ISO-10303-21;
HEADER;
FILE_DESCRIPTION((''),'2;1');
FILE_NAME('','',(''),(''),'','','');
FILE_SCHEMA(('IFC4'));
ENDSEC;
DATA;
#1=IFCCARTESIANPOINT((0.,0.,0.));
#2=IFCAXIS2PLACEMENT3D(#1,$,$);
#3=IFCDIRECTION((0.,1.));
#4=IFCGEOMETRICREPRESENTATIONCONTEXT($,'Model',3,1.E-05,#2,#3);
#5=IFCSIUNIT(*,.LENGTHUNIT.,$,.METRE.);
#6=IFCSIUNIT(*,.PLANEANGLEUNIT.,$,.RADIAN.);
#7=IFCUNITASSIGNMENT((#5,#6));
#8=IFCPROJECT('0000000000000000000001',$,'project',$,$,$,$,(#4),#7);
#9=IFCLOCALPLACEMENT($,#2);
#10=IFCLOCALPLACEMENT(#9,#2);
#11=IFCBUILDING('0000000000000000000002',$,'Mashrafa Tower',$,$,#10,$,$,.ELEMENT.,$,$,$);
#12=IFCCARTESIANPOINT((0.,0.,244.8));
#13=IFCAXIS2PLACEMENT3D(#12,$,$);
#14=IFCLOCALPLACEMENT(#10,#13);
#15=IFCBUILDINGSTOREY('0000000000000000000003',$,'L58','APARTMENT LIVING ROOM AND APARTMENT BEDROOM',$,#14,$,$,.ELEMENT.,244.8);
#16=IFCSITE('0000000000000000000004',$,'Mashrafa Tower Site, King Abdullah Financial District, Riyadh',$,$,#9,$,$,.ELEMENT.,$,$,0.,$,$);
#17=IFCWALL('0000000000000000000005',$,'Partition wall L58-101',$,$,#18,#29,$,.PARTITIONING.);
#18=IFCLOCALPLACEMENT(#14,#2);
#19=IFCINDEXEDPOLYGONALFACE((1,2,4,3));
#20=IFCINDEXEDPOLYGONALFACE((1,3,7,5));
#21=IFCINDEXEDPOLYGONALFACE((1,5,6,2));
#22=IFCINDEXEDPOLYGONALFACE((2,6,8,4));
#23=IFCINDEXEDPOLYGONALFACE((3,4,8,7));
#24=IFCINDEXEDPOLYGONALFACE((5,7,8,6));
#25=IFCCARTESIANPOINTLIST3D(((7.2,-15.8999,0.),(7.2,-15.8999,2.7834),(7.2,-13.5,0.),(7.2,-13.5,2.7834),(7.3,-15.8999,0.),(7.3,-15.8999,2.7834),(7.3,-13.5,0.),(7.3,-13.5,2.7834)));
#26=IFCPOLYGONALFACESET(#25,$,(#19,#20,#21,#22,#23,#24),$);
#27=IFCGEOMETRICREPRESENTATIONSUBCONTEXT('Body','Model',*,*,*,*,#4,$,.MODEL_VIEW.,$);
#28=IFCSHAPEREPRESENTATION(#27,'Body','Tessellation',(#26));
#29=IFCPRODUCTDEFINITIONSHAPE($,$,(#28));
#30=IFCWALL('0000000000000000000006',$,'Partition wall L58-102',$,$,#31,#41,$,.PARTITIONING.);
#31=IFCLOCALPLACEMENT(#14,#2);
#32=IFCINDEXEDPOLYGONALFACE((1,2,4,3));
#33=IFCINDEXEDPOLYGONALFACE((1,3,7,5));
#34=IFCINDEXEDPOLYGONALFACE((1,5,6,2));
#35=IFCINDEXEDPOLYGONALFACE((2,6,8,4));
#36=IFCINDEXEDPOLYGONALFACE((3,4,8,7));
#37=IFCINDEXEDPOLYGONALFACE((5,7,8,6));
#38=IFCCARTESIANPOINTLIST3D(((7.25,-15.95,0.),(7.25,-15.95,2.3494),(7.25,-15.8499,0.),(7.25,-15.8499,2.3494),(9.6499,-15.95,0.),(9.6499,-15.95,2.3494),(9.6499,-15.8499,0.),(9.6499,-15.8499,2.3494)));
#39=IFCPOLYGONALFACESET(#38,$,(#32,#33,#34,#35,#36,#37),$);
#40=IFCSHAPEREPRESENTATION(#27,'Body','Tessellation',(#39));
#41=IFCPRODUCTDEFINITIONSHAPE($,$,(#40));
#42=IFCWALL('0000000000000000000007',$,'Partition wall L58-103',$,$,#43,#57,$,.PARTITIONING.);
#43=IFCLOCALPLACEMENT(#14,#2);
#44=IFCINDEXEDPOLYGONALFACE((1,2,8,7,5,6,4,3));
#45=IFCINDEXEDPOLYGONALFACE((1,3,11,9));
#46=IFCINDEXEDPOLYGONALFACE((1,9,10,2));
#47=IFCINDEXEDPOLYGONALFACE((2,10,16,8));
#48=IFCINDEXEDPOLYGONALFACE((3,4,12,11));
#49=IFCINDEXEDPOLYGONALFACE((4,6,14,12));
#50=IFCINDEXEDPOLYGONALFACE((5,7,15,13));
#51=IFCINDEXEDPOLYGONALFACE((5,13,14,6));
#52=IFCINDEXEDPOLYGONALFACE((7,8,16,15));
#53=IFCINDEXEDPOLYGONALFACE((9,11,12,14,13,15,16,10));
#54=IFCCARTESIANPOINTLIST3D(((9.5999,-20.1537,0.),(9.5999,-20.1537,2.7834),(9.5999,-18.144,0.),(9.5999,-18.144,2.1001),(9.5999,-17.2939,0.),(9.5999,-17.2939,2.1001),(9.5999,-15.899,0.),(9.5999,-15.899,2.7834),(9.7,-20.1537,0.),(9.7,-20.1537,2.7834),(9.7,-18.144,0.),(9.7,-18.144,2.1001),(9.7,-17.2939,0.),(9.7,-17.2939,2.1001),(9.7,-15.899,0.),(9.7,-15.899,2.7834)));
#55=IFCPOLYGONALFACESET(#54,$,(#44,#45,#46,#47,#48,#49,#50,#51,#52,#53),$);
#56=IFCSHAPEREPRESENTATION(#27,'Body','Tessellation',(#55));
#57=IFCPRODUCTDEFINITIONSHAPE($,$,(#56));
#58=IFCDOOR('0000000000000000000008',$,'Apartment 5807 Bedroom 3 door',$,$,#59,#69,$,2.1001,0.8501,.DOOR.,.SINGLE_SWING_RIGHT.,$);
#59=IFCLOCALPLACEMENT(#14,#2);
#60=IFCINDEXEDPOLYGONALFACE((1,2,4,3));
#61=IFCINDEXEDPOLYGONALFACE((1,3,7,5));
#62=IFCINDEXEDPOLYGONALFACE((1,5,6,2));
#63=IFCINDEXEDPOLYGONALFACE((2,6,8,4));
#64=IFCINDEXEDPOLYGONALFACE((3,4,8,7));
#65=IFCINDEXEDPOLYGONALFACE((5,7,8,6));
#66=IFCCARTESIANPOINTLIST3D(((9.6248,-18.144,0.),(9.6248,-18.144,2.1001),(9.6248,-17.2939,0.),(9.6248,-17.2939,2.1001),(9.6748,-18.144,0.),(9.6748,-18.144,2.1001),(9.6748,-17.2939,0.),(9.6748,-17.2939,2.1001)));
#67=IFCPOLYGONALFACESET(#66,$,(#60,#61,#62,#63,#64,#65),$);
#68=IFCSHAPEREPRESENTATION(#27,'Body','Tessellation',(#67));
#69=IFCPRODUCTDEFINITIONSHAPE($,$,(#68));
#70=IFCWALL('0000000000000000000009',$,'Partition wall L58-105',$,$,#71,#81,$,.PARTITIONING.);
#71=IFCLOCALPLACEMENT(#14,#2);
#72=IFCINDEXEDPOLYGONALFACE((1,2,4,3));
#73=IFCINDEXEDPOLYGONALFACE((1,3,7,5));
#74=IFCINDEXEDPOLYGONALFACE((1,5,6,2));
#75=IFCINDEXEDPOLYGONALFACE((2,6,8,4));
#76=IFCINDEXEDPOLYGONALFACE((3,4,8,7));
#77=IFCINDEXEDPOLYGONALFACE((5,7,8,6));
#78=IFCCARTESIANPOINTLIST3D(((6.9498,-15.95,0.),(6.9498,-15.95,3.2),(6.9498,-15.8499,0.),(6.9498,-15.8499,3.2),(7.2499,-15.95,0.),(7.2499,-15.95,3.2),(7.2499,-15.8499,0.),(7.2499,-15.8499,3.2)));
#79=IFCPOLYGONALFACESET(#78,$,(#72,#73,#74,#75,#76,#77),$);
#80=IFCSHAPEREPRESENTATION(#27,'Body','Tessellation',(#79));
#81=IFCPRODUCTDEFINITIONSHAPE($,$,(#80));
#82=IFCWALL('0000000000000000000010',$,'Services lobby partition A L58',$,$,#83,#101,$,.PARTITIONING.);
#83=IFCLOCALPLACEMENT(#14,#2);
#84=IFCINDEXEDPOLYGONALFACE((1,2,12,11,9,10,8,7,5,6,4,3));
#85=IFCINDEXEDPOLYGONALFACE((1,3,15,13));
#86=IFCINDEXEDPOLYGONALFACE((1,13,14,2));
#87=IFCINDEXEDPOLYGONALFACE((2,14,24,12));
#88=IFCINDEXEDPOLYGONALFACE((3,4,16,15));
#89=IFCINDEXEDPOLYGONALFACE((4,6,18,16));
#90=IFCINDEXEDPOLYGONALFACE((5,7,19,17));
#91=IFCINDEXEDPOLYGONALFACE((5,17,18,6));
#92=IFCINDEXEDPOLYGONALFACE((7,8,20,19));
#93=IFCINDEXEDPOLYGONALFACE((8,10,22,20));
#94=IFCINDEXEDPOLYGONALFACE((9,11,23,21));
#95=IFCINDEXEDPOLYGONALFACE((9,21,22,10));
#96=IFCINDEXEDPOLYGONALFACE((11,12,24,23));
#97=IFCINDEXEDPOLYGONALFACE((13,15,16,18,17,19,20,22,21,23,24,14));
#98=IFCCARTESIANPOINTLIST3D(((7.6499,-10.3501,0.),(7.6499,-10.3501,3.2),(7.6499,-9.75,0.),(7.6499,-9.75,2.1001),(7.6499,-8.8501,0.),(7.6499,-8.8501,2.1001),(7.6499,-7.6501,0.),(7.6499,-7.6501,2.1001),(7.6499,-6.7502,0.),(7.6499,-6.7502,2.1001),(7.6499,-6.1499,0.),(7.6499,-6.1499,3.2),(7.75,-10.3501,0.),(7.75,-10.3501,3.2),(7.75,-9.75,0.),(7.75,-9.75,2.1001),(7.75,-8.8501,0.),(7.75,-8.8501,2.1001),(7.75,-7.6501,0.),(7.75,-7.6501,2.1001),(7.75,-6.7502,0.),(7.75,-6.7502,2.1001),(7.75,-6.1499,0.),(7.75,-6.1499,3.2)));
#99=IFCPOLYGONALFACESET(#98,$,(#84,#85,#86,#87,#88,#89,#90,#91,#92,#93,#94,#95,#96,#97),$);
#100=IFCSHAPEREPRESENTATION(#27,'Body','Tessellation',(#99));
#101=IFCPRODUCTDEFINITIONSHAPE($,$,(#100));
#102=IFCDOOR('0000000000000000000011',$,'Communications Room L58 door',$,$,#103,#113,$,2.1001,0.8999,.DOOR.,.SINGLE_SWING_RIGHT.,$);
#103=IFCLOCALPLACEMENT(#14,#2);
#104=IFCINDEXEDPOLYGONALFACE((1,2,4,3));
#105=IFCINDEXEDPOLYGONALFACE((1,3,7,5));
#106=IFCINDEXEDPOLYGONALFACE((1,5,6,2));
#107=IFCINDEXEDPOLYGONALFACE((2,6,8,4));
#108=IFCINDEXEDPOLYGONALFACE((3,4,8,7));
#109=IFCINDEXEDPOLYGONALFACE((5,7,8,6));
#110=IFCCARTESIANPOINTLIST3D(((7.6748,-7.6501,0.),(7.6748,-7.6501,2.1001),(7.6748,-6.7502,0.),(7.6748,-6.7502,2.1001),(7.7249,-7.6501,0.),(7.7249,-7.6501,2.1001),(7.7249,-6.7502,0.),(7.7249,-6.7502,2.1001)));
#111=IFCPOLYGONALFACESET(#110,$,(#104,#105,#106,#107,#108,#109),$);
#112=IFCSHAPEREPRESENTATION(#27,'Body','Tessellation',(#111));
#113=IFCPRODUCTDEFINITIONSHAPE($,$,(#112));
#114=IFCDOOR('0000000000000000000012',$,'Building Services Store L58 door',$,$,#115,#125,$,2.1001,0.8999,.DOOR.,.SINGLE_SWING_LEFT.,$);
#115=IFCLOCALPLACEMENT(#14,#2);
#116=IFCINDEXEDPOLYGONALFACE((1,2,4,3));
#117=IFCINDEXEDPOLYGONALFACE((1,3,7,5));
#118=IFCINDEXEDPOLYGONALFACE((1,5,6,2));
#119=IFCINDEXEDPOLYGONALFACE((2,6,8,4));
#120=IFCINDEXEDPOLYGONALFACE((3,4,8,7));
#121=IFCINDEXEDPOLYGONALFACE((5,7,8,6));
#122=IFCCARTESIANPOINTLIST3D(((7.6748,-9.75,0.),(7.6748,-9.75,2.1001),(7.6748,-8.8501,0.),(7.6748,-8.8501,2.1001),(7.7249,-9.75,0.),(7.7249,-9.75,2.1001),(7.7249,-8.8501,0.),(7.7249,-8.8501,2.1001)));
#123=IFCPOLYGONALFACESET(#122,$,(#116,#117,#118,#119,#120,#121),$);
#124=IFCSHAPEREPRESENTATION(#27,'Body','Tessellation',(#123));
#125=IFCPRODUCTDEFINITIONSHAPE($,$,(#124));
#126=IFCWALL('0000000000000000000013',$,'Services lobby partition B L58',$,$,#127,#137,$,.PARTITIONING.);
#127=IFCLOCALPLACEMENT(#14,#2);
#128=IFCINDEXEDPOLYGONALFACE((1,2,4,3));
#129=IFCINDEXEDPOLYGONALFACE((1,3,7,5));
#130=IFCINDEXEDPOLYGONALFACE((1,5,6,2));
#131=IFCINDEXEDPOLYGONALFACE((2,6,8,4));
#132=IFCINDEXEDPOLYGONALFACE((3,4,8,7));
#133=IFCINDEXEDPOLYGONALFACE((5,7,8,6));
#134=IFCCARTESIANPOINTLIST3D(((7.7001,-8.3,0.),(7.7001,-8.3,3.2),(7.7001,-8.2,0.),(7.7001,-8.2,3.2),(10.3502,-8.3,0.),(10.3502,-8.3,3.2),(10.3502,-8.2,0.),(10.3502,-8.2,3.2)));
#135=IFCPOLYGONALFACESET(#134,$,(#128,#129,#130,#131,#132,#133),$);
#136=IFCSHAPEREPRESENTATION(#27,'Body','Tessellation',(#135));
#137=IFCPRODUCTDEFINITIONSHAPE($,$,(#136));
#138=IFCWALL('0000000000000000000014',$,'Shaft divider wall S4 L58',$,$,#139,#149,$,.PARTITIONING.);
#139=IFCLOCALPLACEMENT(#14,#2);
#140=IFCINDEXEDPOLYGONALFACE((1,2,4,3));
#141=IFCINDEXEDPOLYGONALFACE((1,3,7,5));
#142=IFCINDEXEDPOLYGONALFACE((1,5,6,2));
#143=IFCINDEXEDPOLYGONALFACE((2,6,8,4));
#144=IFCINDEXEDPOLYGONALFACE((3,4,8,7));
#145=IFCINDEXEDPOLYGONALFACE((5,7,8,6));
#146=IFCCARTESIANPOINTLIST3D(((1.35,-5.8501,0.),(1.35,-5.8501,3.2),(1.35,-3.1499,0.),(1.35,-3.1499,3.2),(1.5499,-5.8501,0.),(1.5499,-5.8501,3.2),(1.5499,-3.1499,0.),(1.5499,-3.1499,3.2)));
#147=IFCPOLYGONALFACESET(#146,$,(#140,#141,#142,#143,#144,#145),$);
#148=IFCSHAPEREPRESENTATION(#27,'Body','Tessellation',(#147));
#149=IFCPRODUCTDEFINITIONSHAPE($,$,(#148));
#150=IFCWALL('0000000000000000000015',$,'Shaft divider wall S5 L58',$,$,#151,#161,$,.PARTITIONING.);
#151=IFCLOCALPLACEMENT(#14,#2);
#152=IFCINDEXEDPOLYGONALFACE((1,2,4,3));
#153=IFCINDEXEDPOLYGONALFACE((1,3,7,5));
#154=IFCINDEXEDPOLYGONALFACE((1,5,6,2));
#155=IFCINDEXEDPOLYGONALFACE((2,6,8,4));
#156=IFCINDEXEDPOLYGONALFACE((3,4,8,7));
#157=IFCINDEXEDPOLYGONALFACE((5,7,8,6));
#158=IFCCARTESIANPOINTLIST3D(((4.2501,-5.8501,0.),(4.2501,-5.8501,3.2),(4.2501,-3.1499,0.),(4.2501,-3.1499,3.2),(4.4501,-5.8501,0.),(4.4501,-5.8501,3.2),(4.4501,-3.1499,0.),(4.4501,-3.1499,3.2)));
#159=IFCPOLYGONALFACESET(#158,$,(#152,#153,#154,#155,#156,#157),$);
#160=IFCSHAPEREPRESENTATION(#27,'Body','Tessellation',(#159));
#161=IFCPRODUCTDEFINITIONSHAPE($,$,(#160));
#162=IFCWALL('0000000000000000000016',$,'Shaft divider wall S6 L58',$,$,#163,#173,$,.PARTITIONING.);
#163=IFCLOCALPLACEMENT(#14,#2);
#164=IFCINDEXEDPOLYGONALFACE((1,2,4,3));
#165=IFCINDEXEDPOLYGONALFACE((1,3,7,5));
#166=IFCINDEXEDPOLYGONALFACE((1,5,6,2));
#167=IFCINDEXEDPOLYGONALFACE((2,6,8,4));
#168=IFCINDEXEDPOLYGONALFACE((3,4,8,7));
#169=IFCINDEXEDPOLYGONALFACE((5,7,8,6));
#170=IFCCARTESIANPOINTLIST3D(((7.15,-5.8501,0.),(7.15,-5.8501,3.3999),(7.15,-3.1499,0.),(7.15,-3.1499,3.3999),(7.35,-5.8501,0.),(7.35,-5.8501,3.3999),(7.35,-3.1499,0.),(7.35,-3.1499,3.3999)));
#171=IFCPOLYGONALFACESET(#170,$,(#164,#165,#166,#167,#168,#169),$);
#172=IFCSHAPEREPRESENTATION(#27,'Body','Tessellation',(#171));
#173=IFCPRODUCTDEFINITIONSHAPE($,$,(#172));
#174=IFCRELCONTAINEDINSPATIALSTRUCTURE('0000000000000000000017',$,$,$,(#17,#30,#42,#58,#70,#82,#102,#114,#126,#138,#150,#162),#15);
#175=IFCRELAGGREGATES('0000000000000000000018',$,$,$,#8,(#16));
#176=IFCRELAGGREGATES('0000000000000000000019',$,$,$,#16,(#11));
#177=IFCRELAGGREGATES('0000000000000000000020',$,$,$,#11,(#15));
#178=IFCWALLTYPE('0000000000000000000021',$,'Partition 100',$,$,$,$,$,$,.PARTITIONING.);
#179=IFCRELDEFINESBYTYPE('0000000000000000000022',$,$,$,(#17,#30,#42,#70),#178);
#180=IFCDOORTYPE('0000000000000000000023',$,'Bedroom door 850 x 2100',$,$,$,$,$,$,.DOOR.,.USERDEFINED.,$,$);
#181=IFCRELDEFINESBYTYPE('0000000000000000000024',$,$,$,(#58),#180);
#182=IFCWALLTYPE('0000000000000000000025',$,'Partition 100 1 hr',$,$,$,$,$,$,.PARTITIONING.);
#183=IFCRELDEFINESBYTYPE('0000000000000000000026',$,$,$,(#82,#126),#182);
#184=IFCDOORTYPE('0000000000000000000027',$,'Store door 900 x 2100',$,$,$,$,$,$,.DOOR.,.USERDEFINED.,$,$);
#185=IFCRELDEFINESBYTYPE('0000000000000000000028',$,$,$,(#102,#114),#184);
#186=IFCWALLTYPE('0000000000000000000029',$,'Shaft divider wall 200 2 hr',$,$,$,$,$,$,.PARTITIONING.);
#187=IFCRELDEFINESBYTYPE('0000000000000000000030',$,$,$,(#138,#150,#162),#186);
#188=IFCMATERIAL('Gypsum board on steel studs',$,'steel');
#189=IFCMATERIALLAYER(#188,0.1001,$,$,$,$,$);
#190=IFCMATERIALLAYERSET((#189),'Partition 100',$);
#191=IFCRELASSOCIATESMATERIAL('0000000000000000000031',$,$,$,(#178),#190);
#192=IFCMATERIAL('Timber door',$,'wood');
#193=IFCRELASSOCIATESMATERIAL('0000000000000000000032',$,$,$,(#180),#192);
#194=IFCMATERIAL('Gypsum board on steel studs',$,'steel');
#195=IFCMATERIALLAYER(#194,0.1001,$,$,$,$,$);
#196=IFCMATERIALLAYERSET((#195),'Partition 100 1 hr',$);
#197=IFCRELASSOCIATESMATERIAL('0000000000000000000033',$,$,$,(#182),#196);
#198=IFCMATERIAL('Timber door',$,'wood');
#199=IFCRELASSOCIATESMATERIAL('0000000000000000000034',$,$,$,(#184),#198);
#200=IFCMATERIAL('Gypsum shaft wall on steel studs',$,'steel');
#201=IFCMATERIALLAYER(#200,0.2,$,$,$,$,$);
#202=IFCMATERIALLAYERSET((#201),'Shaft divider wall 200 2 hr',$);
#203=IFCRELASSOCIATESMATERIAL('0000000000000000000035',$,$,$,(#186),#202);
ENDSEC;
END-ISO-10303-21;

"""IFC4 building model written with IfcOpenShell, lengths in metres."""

from ifc_helpers import new_model, si_unit, direction, frame, frame_2d, origin, place, context, subcontext, project, spatial, rectangle, extrude, material, layer, layer_set, type_object, element, fill, save


model = new_model("IFC4")

# Units and contexts
model_context = context("Model", 3, precision=1e-05, world=origin(), true_north=direction((0.0, 1.0)))
body_context = subcontext(model_context, "Body", "Model", "MODEL_VIEW")
ifc_project = project(units=[si_unit("LENGTHUNIT", "METRE"), si_unit("PLANEANGLEUNIT", "RADIAN")], contexts=[model_context])

# Site, building, storey
site_placement = place(None, origin())
site = spatial("IfcSite", under=ifc_project, at=site_placement, Name="Mashrafa Tower Site, King Abdullah Financial District, Riyadh", CompositionType="ELEMENT", RefElevation=0.0)
building_placement = place(site_placement, origin())
building = spatial("IfcBuilding", under=site, at=building_placement, Name="Mashrafa Tower", CompositionType="ELEMENT")
storey_placement = place(building_placement, frame((0.0, 0.0, 244.8)))
storey = spatial("IfcBuildingStorey", under=building, at=storey_placement, Name="L58", Description="APARTMENT LIVING ROOM AND APARTMENT BEDROOM", CompositionType="ELEMENT", Elevation=244.8)

# Shared definitions
ifc_material_1 = material(Name="Gypsum board on steel studs", Category="steel")
ifc_layer_1 = layer(ifc_material_1, 0.1001)
ifc_layer_set_1 = layer_set([ifc_layer_1], Name="Partition 100")
wall_type_1 = type_object("IfcWallType", Name="Partition 100", PredefinedType="PARTITIONING", material=ifc_layer_set_1)

# Walls
wall_1_placement = place(storey_placement, frame((7.25, -13.5, 0.0), z_axis=(0.0, 0.0, 1.0), x_axis=(0.0, -1.0, 0.0)))
element("IfcWall", 1, at=wall_1_placement, inside=storey, type_object=wall_type_1, Name="Partition wall L58-101", PredefinedType="PARTITIONING", context=body_context, shape_type="SweptSolid", body=[
    extrude(rectangle(XDim=2.3999, YDim=0.1001, at=frame_2d((1.2, 0.0))), origin(), (0.0, 0.0, 1.0), 2.7834),
])
wall_2_placement = place(storey_placement, frame((7.25, -15.8999, 0.0), z_axis=(0.0, 0.0, 1.0), x_axis=(1.0, 0.0, 0.0)))
element("IfcWall", 2, at=wall_2_placement, inside=storey, type_object=wall_type_1, Name="Partition wall L58-102", PredefinedType="PARTITIONING", context=body_context, shape_type="SweptSolid", body=[
    extrude(rectangle(XDim=2.3999, YDim=0.1001, at=frame_2d((1.2, 0.0))), origin(), (0.0, 0.0, 1.0), 2.3494),
])

# Wall, opening, door
wall_3_placement = place(storey_placement, frame((9.6499, -15.8989, 0.0), z_axis=(0.0, 0.0, 1.0), x_axis=(0.0, -1.0, 0.0)))
wall_3 = element("IfcWall", 3, at=wall_3_placement, inside=storey, type_object=wall_type_1, Name="Partition wall L58-103", PredefinedType="PARTITIONING", context=body_context, shape_type="SweptSolid", body=[
    extrude(rectangle(XDim=4.2546, YDim=0.1001, at=frame_2d((2.1274, 0.0))), origin(), (0.0, 0.0, 1.0), 2.7834),
])
opening_1_placement = place(wall_3_placement, frame((1.395, 0.0, 0.0)))
opening_1 = element("IfcOpeningElement", 4, at=opening_1_placement, cuts=wall_3, PredefinedType="OPENING", context=body_context, shape_type="SweptSolid", body=[
    extrude(rectangle(XDim=0.8501, YDim=2.1001, at=frame_2d((0.425, 1.05))), frame((0.0, 0.0601, 0.0), z_axis=(0.0, -1.0, 0.0), x_axis=(1.0, 0.0, 0.0)), (0.0, 0.0, 1.0), 0.1201),
])
ifc_material_2 = material(Name="Timber door", Category="wood")
door_type_1 = type_object("IfcDoorType", Name="Bedroom door 850 x 2100", OperationType="USERDEFINED", PredefinedType="DOOR", material=ifc_material_2)
door_1_placement = place(opening_1_placement, origin())
door_1 = element("IfcDoor", 5, at=door_1_placement, inside=storey, type_object=door_type_1, Name="Apartment 5807 Bedroom 3 door", OperationType="SINGLE_SWING_RIGHT", OverallHeight=2.1001, OverallWidth=0.8501, PredefinedType="DOOR", context=body_context, shape_type="SweptSolid", body=[
    extrude(rectangle(XDim=0.8501, YDim=2.1001, at=frame_2d((0.425, 1.05))), frame((0.0, 0.0249, 0.0), z_axis=(0.0, -1.0, 0.0), x_axis=(1.0, 0.0, 0.0)), (0.0, 0.0, 1.0), 0.05),
])
fill(opening_1, door_1)

# Wall
wall_4_placement = place(storey_placement, frame((6.95, -15.8999, 0.0), z_axis=(0.0, 0.0, 1.0), x_axis=(1.0, 0.0, 0.0)))
element("IfcWall", 6, at=wall_4_placement, inside=storey, type_object=wall_type_1, Name="Partition wall L58-105", PredefinedType="PARTITIONING", context=body_context, shape_type="SweptSolid", body=[
    extrude(rectangle(XDim=0.3, YDim=0.1001, at=frame_2d((0.1499, 0.0))), origin(), (0.0, 0.0, 1.0), 3.2),
])

# Wall, openings, doors
ifc_material_3 = material(Name="Gypsum board on steel studs", Category="steel")
ifc_layer_2 = layer(ifc_material_3, 0.1001)
ifc_layer_set_2 = layer_set([ifc_layer_2], Name="Partition 100 1 hr")
wall_type_2 = type_object("IfcWallType", Name="Partition 100 1 hr", PredefinedType="PARTITIONING", material=ifc_layer_set_2)
wall_5_placement = place(storey_placement, frame((7.7, -10.3501, 0.0), z_axis=(0.0, 0.0, 1.0), x_axis=(0.0, 1.0, 0.0)))
wall_5 = element("IfcWall", 7, at=wall_5_placement, inside=storey, type_object=wall_type_2, Name="Services lobby partition A L58", PredefinedType="PARTITIONING", context=body_context, shape_type="SweptSolid", body=[
    extrude(rectangle(XDim=4.2002, YDim=0.1001, at=frame_2d((2.1001, 0.0))), origin(), (0.0, 0.0, 1.0), 3.2),
])
opening_2_placement = place(wall_5_placement, frame((2.7, 0.0, 0.0)))
opening_2 = element("IfcOpeningElement", 8, at=opening_2_placement, cuts=wall_5, PredefinedType="OPENING", context=body_context, shape_type="SweptSolid", body=[
    extrude(rectangle(XDim=0.8999, YDim=2.1001, at=frame_2d((0.45, 1.05))), frame((0.0, 0.0601, 0.0), z_axis=(0.0, -1.0, 0.0), x_axis=(1.0, 0.0, 0.0)), (0.0, 0.0, 1.0), 0.1201),
])
opening_3_placement = place(wall_5_placement, frame((0.6001, 0.0, 0.0)))
opening_3 = element("IfcOpeningElement", 9, at=opening_3_placement, cuts=wall_5, PredefinedType="OPENING", context=body_context, shape_type="SweptSolid", body=[
    extrude(rectangle(XDim=0.8999, YDim=2.1001, at=frame_2d((0.45, 1.05))), frame((0.0, 0.0601, 0.0), z_axis=(0.0, -1.0, 0.0), x_axis=(1.0, 0.0, 0.0)), (0.0, 0.0, 1.0), 0.1201),
])
ifc_material_4 = material(Name="Timber door", Category="wood")
door_type_2 = type_object("IfcDoorType", Name="Store door 900 x 2100", OperationType="USERDEFINED", PredefinedType="DOOR", material=ifc_material_4)
door_2_placement = place(opening_2_placement, frame((0.8999, 0.0, 0.0), z_axis=(0.0, 0.0, 1.0), x_axis=(-1.0, 0.0, 0.0)))
door_2 = element("IfcDoor", 10, at=door_2_placement, inside=storey, type_object=door_type_2, Name="Communications Room L58 door", OperationType="SINGLE_SWING_RIGHT", OverallHeight=2.1001, OverallWidth=0.8999, PredefinedType="DOOR", context=body_context, shape_type="SweptSolid", body=[
    extrude(rectangle(XDim=0.8999, YDim=2.1001, at=frame_2d((0.45, 1.05))), frame((0.0, 0.0249, 0.0), z_axis=(0.0, -1.0, 0.0), x_axis=(1.0, 0.0, 0.0)), (0.0, 0.0, 1.0), 0.05),
])
fill(opening_2, door_2)
door_3_placement = place(opening_3_placement, frame((0.8999, 0.0, 0.0), z_axis=(0.0, 0.0, 1.0), x_axis=(-1.0, 0.0, 0.0)))
door_3 = element("IfcDoor", 11, at=door_3_placement, inside=storey, type_object=door_type_2, Name="Building Services Store L58 door", OperationType="SINGLE_SWING_LEFT", OverallHeight=2.1001, OverallWidth=0.8999, PredefinedType="DOOR", context=body_context, shape_type="SweptSolid", body=[
    extrude(rectangle(XDim=0.8999, YDim=2.1001, at=frame_2d((0.45, 1.05))), frame((0.0, 0.0249, 0.0), z_axis=(0.0, -1.0, 0.0), x_axis=(1.0, 0.0, 0.0)), (0.0, 0.0, 1.0), 0.05),
])
fill(opening_3, door_3)

# Walls
wall_6_placement = place(storey_placement, frame((7.7, -8.25, 0.0), z_axis=(0.0, 0.0, 1.0), x_axis=(1.0, 0.0, 0.0)))
element("IfcWall", 12, at=wall_6_placement, inside=storey, type_object=wall_type_2, Name="Services lobby partition B L58", PredefinedType="PARTITIONING", context=body_context, shape_type="SweptSolid", body=[
    extrude(rectangle(XDim=2.6501, YDim=0.1001, at=frame_2d((1.3252, 0.0))), origin(), (0.0, 0.0, 1.0), 3.2),
])
ifc_material_5 = material(Name="Gypsum shaft wall on steel studs", Category="steel")
ifc_layer_3 = layer(ifc_material_5, 0.2)
ifc_layer_set_3 = layer_set([ifc_layer_3], Name="Shaft divider wall 200 2 hr")
wall_type_3 = type_object("IfcWallType", Name="Shaft divider wall 200 2 hr", PredefinedType="PARTITIONING", material=ifc_layer_set_3)
for number, where, z_axis, x_axis, name in (
    (13, (1.45, -5.8501, 0.0), (0.0, 0.0, 1.0), (0.0, 1.0, 0.0), "Shaft divider wall S4 L58"),
    (14, (4.3501, -5.8501, 0.0), (0.0, 0.0, 1.0), (0.0, 1.0, 0.0), "Shaft divider wall S5 L58"),
):
    element("IfcWall", number, at=place(storey_placement, frame(where, z_axis=z_axis, x_axis=x_axis)), inside=storey, type_object=wall_type_3, Name=name, PredefinedType="PARTITIONING", context=body_context, shape_type="SweptSolid", body=[
        extrude(rectangle(XDim=2.7002, YDim=0.2, at=frame_2d((1.3501, 0.0))), origin(), (0.0, 0.0, 1.0), 3.2),
    ])
wall_7_placement = place(storey_placement, frame((7.25, -5.8501, 0.0), z_axis=(0.0, 0.0, 1.0), x_axis=(0.0, 1.0, 0.0)))
element("IfcWall", 15, at=wall_7_placement, inside=storey, type_object=wall_type_3, Name="Shaft divider wall S6 L58", PredefinedType="PARTITIONING", context=body_context, shape_type="SweptSolid", body=[
    extrude(rectangle(XDim=2.7002, YDim=0.2, at=frame_2d((1.3501, 0.0))), origin(), (0.0, 0.0, 1.0), 3.3999),
])

save(model, "model.ifc")
